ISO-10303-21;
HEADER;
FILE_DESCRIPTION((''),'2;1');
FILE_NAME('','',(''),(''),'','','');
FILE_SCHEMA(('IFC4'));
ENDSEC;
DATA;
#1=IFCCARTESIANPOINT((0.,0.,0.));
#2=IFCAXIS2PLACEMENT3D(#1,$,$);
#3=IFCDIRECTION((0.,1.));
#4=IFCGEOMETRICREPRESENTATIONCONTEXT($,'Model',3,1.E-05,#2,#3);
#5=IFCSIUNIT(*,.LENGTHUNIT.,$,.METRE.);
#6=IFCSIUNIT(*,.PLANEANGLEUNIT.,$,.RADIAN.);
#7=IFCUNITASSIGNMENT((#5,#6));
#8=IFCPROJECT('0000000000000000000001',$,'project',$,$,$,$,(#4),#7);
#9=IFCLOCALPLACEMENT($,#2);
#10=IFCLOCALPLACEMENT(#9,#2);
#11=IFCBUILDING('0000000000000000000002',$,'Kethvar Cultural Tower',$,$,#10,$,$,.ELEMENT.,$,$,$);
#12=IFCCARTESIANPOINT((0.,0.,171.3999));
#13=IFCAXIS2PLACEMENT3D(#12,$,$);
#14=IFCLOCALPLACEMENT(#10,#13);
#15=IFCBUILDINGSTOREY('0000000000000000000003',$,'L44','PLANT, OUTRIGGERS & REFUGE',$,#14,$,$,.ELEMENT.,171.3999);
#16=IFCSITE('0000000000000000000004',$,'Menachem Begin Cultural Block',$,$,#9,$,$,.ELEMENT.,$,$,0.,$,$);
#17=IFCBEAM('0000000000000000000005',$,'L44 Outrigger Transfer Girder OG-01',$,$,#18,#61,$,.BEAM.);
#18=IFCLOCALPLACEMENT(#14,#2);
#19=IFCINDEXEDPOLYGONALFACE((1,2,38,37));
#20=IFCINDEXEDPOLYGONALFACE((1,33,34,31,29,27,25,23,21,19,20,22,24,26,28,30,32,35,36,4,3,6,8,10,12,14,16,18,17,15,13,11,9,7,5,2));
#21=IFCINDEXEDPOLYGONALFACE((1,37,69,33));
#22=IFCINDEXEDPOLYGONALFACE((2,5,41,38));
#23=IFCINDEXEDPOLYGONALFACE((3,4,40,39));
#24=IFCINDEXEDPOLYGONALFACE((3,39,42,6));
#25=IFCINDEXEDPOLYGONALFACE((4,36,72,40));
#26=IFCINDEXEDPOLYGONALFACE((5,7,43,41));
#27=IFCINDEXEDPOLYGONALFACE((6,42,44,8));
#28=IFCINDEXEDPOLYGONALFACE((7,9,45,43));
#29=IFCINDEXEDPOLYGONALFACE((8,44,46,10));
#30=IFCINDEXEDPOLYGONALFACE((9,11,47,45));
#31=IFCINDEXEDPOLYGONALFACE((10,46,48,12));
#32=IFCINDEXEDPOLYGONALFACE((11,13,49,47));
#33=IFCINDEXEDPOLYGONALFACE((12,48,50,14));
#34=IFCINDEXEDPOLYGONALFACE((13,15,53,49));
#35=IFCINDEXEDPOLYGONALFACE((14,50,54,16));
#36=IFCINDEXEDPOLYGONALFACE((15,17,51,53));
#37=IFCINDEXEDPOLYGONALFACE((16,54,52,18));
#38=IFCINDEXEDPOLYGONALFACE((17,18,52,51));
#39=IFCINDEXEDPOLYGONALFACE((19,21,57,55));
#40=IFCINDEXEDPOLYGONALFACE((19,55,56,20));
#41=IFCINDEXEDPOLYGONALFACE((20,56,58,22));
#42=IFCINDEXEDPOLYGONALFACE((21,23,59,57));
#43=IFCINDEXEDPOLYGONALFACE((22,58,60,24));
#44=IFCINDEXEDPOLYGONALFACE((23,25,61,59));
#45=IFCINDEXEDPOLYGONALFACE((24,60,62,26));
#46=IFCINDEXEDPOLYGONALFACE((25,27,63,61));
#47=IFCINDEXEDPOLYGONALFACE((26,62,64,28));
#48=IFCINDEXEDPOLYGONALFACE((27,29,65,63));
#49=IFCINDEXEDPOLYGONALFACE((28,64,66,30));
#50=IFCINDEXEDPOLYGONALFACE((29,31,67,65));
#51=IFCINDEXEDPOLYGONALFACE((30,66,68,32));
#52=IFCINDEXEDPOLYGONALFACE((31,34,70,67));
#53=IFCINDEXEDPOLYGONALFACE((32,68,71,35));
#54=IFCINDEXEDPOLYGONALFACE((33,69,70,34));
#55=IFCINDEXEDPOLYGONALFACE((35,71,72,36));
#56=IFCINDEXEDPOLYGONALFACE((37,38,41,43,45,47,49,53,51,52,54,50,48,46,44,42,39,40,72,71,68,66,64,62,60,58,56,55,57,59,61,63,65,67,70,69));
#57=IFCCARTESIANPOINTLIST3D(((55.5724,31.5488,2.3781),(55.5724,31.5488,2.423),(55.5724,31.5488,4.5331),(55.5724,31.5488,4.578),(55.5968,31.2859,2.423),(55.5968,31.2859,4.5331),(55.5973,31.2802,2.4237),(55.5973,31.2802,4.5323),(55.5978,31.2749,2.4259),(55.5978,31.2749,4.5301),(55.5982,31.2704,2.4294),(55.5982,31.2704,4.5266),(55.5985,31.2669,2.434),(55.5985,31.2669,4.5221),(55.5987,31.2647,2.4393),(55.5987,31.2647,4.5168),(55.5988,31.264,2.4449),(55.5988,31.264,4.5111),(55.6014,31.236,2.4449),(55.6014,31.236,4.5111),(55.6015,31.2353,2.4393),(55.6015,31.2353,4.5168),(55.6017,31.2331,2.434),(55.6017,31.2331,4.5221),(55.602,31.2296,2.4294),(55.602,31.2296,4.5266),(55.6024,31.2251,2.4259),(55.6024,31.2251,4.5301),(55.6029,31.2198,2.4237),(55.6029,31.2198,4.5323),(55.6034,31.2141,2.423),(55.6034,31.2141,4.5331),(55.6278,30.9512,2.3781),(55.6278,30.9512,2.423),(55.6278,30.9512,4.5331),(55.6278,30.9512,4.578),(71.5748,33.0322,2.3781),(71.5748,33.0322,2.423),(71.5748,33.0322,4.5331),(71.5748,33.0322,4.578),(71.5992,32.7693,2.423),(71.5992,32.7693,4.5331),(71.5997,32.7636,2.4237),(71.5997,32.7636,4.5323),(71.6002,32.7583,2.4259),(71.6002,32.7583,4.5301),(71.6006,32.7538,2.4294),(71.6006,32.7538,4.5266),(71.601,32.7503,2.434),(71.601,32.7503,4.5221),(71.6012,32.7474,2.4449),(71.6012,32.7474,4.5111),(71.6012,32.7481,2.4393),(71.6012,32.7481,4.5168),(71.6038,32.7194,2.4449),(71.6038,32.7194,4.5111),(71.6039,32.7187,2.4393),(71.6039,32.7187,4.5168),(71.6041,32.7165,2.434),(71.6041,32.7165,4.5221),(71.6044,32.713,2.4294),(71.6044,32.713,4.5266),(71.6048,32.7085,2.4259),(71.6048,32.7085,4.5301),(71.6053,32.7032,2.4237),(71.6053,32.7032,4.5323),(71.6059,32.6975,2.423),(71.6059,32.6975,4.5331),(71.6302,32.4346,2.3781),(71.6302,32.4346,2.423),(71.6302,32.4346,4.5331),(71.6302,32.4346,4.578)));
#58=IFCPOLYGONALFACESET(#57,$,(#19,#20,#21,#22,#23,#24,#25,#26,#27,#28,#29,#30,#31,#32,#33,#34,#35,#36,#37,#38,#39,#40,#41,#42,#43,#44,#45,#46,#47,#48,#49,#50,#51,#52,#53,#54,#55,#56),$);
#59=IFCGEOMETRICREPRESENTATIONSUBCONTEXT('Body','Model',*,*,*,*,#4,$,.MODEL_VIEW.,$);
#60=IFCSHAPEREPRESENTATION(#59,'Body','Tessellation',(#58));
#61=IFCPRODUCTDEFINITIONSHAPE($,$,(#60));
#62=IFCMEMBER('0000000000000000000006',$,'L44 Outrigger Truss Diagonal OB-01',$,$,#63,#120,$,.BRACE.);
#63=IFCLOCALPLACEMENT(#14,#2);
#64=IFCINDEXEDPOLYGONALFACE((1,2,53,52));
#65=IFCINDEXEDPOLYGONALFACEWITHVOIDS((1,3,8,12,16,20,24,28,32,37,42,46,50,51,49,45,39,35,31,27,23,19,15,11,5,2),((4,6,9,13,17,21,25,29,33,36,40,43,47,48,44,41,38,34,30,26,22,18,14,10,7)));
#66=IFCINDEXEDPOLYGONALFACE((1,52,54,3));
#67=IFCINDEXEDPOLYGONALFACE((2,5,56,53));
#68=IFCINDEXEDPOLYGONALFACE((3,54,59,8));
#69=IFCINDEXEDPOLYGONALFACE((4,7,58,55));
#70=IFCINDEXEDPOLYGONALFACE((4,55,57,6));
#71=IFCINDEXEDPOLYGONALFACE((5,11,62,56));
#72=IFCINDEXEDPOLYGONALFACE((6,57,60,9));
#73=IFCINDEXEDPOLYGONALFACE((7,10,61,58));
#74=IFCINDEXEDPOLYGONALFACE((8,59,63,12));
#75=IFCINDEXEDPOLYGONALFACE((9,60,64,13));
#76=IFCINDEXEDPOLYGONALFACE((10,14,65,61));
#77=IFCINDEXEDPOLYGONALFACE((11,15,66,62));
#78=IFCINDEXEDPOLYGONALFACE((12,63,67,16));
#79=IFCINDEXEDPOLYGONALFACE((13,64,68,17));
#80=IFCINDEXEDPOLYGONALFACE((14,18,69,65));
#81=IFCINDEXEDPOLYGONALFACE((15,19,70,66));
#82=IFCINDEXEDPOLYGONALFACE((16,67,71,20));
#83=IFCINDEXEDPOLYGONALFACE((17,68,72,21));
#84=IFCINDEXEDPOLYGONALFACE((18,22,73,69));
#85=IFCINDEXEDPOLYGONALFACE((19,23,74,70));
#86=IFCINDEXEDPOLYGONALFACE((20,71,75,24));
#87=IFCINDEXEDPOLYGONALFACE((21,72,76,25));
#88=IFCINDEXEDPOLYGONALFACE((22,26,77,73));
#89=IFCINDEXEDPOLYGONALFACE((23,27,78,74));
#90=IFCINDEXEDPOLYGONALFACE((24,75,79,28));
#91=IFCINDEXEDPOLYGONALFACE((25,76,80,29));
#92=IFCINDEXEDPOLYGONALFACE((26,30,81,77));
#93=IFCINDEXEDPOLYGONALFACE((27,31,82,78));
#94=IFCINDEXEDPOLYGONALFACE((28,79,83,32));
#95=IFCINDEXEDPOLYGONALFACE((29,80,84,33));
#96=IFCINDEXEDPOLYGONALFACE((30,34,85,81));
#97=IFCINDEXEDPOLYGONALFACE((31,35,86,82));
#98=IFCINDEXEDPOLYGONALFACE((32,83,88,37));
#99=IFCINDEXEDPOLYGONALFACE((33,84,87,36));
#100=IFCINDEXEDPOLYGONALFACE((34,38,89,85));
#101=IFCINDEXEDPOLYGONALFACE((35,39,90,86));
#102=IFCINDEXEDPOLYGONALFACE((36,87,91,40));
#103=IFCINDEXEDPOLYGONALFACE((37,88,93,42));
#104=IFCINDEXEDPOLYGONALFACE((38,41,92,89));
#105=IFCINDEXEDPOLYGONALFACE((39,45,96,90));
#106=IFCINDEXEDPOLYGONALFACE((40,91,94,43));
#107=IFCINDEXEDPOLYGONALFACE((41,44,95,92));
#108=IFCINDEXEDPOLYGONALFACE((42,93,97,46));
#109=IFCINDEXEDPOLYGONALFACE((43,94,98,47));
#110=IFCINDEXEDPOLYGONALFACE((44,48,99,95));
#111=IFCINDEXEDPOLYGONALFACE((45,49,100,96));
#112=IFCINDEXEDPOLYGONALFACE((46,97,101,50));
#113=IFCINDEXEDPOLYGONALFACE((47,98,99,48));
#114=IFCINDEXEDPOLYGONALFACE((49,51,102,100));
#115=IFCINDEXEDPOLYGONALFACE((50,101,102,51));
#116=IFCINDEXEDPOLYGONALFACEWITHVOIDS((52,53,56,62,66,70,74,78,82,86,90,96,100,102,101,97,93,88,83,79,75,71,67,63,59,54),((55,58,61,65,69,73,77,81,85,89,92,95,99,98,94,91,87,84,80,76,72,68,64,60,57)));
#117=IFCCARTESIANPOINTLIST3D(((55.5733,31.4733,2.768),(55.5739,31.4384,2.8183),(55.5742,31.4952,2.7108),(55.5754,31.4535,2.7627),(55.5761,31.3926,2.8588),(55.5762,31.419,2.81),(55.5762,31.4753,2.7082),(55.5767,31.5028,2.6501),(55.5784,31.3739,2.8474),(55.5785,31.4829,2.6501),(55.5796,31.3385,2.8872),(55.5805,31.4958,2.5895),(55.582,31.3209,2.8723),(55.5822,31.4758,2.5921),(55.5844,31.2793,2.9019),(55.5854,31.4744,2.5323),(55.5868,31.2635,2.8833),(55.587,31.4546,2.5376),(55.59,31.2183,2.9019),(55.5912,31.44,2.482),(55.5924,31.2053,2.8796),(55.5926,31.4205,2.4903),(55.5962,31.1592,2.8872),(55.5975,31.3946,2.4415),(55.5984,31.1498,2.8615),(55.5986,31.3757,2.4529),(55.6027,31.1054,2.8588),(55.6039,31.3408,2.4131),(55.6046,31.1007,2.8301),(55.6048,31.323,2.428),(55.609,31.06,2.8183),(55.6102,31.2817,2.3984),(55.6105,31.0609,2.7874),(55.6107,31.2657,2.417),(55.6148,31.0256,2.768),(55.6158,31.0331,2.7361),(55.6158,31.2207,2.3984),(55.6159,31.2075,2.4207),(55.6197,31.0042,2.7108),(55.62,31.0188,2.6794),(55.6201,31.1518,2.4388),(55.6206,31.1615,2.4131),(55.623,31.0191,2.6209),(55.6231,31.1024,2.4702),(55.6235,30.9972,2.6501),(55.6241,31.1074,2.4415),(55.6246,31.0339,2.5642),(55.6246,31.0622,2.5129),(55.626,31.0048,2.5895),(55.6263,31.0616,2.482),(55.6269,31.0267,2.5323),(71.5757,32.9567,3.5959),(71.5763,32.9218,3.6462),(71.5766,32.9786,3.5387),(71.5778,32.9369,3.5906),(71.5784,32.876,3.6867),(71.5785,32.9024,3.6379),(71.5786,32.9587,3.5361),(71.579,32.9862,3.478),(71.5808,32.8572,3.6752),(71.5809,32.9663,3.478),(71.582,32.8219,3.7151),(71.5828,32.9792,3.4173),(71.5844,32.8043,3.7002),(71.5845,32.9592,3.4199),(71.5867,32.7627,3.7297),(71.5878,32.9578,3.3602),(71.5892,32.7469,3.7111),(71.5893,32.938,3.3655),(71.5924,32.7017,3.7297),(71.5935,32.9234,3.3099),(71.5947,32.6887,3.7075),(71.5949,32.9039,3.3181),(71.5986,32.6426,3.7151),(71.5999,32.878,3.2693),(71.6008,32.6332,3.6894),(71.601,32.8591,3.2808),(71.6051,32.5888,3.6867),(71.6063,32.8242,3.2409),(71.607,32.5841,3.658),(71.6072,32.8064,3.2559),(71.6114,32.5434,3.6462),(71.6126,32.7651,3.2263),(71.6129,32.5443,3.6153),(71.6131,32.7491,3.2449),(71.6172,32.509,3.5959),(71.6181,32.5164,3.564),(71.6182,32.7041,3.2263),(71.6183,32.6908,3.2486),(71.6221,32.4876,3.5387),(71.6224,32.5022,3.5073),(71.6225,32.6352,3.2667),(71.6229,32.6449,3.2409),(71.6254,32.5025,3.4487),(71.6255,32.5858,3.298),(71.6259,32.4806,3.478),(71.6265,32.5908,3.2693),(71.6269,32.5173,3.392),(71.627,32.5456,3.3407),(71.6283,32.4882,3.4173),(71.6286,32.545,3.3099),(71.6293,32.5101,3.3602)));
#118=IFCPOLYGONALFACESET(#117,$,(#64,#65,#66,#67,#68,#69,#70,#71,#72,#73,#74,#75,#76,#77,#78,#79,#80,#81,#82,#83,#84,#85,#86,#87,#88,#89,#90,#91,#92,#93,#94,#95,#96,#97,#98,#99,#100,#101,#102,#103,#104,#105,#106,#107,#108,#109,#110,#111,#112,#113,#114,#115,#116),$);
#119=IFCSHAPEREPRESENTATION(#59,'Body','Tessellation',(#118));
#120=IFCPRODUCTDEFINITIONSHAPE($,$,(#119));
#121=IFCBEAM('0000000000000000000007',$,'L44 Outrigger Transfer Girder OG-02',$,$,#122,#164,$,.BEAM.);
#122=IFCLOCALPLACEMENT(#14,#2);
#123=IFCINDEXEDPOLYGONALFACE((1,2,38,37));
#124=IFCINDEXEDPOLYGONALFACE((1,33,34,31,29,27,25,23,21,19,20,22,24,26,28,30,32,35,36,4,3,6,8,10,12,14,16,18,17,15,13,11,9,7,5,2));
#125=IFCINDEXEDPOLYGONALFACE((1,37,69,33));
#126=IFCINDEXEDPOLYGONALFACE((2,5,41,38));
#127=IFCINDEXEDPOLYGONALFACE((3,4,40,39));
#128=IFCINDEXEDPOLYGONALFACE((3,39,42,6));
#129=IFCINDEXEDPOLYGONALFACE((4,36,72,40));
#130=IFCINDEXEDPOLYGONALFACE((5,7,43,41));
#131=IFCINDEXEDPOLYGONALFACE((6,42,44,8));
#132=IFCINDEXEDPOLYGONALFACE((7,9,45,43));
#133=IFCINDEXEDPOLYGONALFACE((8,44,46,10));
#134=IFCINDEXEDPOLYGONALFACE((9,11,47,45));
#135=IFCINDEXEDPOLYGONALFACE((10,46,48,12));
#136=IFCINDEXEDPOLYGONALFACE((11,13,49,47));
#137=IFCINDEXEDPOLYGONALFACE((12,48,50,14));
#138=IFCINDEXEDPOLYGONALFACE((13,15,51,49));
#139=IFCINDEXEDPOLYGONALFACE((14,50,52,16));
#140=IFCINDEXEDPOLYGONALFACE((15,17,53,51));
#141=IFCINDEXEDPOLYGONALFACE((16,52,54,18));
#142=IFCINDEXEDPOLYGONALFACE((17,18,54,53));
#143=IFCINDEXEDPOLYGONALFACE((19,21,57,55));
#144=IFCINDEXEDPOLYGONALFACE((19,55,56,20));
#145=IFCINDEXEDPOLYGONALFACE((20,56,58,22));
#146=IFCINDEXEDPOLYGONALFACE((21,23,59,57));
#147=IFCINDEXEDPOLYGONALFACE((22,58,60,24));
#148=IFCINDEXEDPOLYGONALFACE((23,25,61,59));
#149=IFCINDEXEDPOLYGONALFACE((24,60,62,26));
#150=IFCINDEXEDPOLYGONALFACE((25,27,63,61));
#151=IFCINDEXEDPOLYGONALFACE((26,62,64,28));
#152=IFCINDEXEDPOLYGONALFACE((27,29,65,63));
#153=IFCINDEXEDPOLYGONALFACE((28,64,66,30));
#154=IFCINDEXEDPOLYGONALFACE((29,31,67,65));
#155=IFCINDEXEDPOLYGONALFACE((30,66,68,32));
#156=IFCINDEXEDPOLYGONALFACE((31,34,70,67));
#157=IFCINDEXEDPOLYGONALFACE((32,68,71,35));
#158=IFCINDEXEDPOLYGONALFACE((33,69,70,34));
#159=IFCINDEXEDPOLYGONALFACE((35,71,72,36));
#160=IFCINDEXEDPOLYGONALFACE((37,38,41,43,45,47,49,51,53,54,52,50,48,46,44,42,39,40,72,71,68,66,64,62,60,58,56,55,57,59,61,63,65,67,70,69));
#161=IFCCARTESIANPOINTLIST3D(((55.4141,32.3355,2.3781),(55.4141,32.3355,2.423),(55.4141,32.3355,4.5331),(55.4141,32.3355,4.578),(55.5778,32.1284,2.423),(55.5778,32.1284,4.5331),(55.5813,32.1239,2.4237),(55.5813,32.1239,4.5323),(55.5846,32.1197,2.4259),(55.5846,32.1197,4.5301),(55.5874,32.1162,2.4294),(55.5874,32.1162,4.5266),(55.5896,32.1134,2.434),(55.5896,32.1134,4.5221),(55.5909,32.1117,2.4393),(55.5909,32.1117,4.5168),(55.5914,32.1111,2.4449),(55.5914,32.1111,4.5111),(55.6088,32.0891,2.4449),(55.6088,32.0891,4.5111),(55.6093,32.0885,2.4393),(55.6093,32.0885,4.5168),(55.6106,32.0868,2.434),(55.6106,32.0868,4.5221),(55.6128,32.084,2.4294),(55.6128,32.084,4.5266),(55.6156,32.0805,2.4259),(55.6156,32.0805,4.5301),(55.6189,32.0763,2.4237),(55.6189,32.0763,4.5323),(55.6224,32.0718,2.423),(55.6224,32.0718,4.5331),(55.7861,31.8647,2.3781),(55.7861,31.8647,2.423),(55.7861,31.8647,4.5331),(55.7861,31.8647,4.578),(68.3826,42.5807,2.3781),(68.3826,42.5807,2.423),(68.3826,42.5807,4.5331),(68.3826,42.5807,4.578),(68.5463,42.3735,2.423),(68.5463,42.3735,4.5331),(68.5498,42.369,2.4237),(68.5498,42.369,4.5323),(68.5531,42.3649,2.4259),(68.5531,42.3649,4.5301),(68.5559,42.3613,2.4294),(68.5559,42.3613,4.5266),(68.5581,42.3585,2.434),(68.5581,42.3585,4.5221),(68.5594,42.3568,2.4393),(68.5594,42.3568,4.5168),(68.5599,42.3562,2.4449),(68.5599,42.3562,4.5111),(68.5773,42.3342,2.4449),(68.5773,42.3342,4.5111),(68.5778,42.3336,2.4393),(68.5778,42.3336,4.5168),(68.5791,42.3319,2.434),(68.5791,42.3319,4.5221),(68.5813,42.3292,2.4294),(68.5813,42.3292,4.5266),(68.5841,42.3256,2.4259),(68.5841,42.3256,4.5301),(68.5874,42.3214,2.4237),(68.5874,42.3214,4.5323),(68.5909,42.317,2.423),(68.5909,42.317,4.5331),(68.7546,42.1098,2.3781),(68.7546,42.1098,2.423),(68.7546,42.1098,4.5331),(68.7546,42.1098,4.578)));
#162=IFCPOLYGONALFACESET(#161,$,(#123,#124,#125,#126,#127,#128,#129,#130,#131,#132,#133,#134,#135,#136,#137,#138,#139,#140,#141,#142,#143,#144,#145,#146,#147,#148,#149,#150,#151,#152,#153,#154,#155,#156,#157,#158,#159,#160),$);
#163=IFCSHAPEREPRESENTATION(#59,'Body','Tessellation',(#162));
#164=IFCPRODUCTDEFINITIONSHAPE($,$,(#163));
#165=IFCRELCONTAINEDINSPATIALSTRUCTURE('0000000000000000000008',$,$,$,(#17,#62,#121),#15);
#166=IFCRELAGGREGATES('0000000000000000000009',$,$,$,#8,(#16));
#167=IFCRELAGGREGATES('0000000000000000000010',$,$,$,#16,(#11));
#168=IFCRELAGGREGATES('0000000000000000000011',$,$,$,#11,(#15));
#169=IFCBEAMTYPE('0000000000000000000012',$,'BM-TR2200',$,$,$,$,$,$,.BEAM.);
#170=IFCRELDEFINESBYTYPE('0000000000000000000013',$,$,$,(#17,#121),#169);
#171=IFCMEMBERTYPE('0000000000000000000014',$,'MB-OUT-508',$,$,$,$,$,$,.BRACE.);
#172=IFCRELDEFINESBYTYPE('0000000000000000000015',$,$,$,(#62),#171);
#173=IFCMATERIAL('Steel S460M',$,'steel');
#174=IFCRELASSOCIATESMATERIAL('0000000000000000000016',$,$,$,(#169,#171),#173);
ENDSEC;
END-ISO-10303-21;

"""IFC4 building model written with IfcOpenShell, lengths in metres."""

from ifc_helpers import new_model, si_unit, direction, frame, origin, origin_2d, place, context, subcontext, project, spatial, hollow_circle, i_section, extrude, source, transform, mapped, material, material_profile, profile_set, type_object, element, save


model = new_model("IFC4")

# Units and contexts
model_context = context("Model", 3, precision=1e-05, world=origin(), true_north=direction((0.0, 1.0)))
body_context = subcontext(model_context, "Body", "Model", "MODEL_VIEW")
ifc_project = project(units=[si_unit("LENGTHUNIT", "METRE"), si_unit("PLANEANGLEUNIT", "RADIAN")], contexts=[model_context])

# Site, building, storey
site_placement = place(None, origin())
site = spatial("IfcSite", under=ifc_project, at=site_placement, Name="Menachem Begin Cultural Block", CompositionType="ELEMENT", RefElevation=0.0)
building_placement = place(site_placement, origin())
building = spatial("IfcBuilding", under=site, at=building_placement, Name="Kethvar Cultural Tower", CompositionType="ELEMENT")
storey_placement = place(building_placement, frame((0.0, 0.0, 171.3999)))
storey = spatial("IfcBuildingStorey", under=building, at=storey_placement, Name="L44", Description="PLANT, OUTRIGGERS & REFUGE", CompositionType="ELEMENT", Elevation=171.3999)

# Beam
ifc_material_1 = material(Name="Steel S460M", Category="steel")
ifc_material_profile_1 = material_profile(ifc_material_1, i_section(OverallWidth=0.6001, OverallDepth=2.2, WebThickness=0.0281, FlangeThickness=0.0449, FilletRadius=0.022, at=origin_2d()), Name="Steel S460M — PG2200x600x45x28")
ifc_profile_set_1 = profile_set([ifc_material_profile_1], Name="Steel S460M — PG2200x600x45x28")
beam_type = type_object("IfcBeamType", Name="BM-TR2200", PredefinedType="BEAM", material=ifc_profile_set_1)
shared_shape_1 = source(origin(), body_context, "Body", "SweptSolid", [
    extrude(i_section(OverallWidth=0.6001, OverallDepth=2.2, WebThickness=0.0281, FlangeThickness=0.0449, FilletRadius=0.022, at=origin_2d()), origin(), (0.0, 0.0, 1.0), 16.071),
])
beam_1_placement = place(storey_placement, frame((55.6001, 31.25, 3.478), z_axis=(0.995731, 0.092303, 0.0), x_axis=(-0.092303, 0.995731, 0.0)))
element("IfcBeam", 1, at=beam_1_placement, inside=storey, type_object=beam_type, Name="L44 Outrigger Transfer Girder OG-01", PredefinedType="BEAM", context=body_context, shape_type="MappedRepresentation", body=[
    mapped(shared_shape_1, transform((0.0, 0.0, 0.0), scale=1.0)),
])

# Member
ifc_material_profile_2 = material_profile(ifc_material_1, hollow_circle(Radius=0.2539, WallThickness=0.02, at=origin_2d()), Name="Steel S460M — CHS508x20")
ifc_profile_set_2 = profile_set([ifc_material_profile_2], Name="Steel S460M — CHS508x20")
member_type = type_object("IfcMemberType", Name="MB-OUT-508", PredefinedType="BRACE", material=ifc_profile_set_2)
shared_shape_2 = source(origin(), body_context, "Body", "SweptSolid", [
    extrude(hollow_circle(Radius=0.2539, WallThickness=0.02, at=origin_2d()), origin(), (0.0, 0.0, 1.0), 16.0923),
])
member_1_placement = place(storey_placement, frame((55.6001, 31.25, 2.6501), z_axis=(0.994412, 0.09218, 0.051446), x_axis=(-0.092303, 0.995731, 0.0)))
element("IfcMember", 2, at=member_1_placement, inside=storey, type_object=member_type, Name="L44 Outrigger Truss Diagonal OB-01", PredefinedType="BRACE", context=body_context, shape_type="MappedRepresentation", body=[
    mapped(shared_shape_2, transform((0.0, 0.0, 0.0), scale=1.0)),
])

# Beam
shared_shape_3 = source(origin(), body_context, "Body", "SweptSolid", [
    extrude(i_section(OverallWidth=0.6001, OverallDepth=2.2, WebThickness=0.0281, FlangeThickness=0.0449, FilletRadius=0.022, at=origin_2d()), origin(), (0.0, 0.0, 1.0), 16.5271),
])
beam_2_placement = place(storey_placement, frame((55.6001, 32.1001, 3.478), z_axis=(0.784682, 0.619899, 0.0), x_axis=(-0.619899, 0.784682, 0.0)))
element("IfcBeam", 3, at=beam_2_placement, inside=storey, type_object=beam_type, Name="L44 Outrigger Transfer Girder OG-02", PredefinedType="BEAM", context=body_context, shape_type="MappedRepresentation", body=[
    mapped(shared_shape_3, transform((0.0, 0.0, 0.0), scale=1.0)),
])

save(model, "model.ifc")
